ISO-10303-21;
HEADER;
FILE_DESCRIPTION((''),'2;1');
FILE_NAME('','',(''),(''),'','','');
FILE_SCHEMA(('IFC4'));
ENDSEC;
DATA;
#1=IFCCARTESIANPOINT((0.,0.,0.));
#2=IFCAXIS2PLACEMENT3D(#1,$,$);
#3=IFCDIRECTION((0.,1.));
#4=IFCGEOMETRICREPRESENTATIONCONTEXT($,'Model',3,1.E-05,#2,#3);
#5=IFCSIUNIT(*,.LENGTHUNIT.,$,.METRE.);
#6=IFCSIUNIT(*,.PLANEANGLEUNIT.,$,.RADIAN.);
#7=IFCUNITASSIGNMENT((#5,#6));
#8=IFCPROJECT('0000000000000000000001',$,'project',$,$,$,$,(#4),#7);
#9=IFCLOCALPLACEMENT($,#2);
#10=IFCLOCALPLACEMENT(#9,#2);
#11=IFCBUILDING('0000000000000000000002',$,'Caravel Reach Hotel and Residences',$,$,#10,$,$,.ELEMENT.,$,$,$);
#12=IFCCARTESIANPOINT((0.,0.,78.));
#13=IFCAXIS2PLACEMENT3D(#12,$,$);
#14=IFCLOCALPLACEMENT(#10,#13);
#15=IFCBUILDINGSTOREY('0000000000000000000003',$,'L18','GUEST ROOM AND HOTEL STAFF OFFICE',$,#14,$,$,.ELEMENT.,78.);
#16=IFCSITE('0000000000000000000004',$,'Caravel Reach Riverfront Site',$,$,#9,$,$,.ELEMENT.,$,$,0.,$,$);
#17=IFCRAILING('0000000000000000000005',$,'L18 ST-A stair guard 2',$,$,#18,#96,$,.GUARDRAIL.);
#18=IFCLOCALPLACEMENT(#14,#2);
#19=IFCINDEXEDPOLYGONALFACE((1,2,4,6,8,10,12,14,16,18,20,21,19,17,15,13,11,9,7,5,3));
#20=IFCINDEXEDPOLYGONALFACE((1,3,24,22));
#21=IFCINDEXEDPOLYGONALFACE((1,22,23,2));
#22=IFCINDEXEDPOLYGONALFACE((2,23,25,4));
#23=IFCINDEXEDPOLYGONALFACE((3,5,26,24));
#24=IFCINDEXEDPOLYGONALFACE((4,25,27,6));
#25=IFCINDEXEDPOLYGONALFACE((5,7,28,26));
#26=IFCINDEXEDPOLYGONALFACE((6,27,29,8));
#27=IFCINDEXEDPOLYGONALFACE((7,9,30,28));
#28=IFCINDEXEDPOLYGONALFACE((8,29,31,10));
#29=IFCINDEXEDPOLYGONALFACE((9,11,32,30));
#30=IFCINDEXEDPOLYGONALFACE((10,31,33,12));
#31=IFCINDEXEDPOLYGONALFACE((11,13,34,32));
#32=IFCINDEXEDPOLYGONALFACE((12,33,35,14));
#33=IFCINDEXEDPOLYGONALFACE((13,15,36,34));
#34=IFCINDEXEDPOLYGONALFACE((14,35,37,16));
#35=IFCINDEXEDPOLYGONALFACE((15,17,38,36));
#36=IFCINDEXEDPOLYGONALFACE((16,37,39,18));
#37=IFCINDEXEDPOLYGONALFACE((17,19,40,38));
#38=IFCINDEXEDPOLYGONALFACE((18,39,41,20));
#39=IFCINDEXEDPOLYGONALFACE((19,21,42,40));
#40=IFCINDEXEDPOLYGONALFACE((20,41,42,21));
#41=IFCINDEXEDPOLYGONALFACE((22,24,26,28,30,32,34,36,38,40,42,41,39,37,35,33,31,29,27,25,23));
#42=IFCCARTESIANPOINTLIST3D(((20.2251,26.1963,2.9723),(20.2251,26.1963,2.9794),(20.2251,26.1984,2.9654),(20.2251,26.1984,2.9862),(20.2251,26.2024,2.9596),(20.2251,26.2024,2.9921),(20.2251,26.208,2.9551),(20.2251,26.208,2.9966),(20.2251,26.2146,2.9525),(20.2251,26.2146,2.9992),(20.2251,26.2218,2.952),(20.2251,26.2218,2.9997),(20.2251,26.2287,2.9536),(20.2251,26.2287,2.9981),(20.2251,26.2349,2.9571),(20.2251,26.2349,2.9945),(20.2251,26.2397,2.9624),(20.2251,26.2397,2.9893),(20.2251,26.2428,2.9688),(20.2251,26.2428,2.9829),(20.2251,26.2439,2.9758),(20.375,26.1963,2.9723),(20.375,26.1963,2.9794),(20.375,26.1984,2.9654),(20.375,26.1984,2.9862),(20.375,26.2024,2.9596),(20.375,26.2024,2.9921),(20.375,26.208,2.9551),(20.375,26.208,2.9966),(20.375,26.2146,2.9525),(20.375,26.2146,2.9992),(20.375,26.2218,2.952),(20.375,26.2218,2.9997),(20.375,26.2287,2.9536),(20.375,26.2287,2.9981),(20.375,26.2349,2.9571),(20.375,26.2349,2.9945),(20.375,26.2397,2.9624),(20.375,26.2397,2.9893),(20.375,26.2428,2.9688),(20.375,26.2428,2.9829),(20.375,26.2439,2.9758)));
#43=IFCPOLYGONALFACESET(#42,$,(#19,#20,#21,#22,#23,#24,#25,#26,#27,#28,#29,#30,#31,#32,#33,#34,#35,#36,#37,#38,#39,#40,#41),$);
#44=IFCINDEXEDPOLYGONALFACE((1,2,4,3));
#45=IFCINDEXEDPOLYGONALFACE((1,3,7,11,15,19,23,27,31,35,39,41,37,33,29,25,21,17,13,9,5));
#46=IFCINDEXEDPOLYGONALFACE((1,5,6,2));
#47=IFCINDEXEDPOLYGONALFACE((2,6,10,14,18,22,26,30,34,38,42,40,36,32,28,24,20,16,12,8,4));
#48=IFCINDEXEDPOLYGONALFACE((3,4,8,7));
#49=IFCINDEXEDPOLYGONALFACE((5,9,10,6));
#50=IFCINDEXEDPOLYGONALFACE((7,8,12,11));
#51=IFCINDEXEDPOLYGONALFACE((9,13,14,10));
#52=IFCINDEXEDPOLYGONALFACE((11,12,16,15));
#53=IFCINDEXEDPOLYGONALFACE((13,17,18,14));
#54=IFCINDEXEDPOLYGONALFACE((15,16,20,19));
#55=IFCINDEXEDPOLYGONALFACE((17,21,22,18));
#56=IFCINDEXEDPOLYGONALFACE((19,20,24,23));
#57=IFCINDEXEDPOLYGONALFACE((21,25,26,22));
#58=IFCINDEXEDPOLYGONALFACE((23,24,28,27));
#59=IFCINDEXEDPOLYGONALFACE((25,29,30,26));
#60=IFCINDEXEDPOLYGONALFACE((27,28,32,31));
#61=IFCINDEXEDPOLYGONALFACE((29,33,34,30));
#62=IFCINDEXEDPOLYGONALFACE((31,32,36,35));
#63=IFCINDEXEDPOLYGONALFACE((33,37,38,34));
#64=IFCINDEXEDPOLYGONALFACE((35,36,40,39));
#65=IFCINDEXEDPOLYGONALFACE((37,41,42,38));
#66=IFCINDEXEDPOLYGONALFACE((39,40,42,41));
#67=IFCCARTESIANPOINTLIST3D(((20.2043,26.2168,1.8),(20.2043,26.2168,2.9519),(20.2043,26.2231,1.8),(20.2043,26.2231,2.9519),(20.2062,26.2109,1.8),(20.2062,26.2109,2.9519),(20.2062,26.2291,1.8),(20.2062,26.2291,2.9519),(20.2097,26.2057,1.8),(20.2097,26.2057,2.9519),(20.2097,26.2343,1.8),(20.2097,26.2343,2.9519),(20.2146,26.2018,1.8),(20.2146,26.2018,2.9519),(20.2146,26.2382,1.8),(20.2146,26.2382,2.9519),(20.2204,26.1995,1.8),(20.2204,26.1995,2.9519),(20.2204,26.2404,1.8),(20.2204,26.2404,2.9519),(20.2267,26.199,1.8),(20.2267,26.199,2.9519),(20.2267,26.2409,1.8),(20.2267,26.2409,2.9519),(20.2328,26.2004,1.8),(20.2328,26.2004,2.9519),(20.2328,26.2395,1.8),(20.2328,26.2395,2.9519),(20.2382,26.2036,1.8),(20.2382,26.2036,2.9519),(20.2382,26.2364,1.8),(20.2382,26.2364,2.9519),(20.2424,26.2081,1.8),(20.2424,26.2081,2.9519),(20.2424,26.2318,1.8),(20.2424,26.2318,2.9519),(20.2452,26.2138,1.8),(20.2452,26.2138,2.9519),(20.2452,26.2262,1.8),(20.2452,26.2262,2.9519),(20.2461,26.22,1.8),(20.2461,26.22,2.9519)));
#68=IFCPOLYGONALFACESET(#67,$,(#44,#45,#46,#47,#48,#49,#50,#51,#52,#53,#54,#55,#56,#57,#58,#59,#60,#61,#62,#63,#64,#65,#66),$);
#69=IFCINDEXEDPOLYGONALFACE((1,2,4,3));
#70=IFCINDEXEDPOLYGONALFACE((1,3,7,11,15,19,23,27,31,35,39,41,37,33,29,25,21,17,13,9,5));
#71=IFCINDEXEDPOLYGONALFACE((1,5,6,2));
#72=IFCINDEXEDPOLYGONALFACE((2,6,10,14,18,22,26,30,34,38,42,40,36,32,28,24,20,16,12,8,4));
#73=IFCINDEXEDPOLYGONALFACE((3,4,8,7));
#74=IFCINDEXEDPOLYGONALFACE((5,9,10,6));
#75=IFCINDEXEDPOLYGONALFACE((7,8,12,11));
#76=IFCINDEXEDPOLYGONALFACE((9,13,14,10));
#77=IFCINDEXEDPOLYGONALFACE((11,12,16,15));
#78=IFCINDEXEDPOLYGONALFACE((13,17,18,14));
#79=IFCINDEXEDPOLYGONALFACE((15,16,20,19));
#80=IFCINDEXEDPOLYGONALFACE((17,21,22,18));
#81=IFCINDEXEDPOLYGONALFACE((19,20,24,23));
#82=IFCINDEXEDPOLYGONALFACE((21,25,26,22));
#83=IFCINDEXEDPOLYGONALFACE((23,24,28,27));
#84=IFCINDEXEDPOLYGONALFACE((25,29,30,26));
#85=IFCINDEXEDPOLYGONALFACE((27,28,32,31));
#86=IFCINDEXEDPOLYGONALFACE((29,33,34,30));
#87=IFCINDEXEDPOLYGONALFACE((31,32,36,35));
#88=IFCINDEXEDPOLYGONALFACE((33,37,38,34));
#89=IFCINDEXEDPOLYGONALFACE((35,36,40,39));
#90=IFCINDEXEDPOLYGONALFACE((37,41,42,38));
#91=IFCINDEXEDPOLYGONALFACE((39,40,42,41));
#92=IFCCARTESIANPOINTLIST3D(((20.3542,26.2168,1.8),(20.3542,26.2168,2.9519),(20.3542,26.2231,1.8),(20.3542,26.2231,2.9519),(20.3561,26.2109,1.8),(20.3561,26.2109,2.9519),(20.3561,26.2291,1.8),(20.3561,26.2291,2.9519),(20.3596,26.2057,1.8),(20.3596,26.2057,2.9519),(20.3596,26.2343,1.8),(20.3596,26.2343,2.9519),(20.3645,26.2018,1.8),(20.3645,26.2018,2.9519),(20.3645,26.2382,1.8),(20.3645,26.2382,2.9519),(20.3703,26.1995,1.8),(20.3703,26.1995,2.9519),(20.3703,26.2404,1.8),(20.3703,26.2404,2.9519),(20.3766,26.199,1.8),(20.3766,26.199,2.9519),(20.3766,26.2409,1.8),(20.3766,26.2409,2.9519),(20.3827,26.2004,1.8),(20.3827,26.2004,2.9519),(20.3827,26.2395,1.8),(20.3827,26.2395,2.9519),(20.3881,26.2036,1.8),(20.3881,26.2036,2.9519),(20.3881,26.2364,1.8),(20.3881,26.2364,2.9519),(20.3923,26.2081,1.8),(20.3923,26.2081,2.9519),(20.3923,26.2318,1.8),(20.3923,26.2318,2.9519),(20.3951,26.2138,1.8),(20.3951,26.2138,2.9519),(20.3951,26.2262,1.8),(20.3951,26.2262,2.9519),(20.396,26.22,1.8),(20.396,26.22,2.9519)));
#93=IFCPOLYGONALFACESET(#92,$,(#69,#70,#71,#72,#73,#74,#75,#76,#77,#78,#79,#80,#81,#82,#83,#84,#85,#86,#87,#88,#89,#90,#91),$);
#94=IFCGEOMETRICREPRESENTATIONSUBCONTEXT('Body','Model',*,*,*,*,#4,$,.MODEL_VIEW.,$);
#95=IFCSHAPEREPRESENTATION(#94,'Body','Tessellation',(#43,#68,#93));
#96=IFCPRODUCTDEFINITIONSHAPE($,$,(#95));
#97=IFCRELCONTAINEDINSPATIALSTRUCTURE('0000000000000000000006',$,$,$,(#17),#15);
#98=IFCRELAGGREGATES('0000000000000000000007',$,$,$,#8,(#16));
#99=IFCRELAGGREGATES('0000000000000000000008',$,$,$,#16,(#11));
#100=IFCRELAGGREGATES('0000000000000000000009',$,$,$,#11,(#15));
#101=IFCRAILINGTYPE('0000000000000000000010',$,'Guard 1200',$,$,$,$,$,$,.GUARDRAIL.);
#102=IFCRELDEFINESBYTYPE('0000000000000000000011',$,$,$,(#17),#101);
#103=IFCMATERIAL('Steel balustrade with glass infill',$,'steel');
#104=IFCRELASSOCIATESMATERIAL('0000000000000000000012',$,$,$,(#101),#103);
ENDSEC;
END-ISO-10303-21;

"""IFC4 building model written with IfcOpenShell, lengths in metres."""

from ifc_helpers import new_model, si_unit, direction, frame, origin, origin_2d, place, context, subcontext, project, spatial, circle, extrude, material, type_object, element, save


model = new_model("IFC4")

# Units and contexts
model_context = context("Model", 3, precision=1e-05, world=origin(), true_north=direction((0.0, 1.0)))
body_context = subcontext(model_context, "Body", "Model", "MODEL_VIEW")
ifc_project = project(units=[si_unit("LENGTHUNIT", "METRE"), si_unit("PLANEANGLEUNIT", "RADIAN")], contexts=[model_context])

# Site, building, storey
site_placement = place(None, origin())
site = spatial("IfcSite", under=ifc_project, at=site_placement, Name="Caravel Reach Riverfront Site", CompositionType="ELEMENT", RefElevation=0.0)
building_placement = place(site_placement, origin())
building = spatial("IfcBuilding", under=site, at=building_placement, Name="Caravel Reach Hotel and Residences", CompositionType="ELEMENT")
storey_placement = place(building_placement, frame((0.0, 0.0, 78.0)))
storey = spatial("IfcBuildingStorey", under=building, at=storey_placement, Name="L18", Description="GUEST ROOM AND HOTEL STAFF OFFICE", CompositionType="ELEMENT", Elevation=78.0)

# Railing
ifc_material_1 = material(Name="Steel balustrade with glass infill", Category="steel")
railing_type_1 = type_object("IfcRailingType", Name="Guard 1200", PredefinedType="GUARDRAIL", material=ifc_material_1)
railing_1_placement = place(storey_placement, frame((20.2251, 26.22, 1.8)))
element("IfcRailing", 1, at=railing_1_placement, inside=storey, type_object=railing_type_1, Name="L18 ST-A stair guard 2", PredefinedType="GUARDRAIL", context=body_context, shape_type="SweptSolid", body=[
    extrude(circle(Radius=0.0239, at=origin_2d()), frame((0.0, 0.0, 1.1758), z_axis=(1.0, 0.0, 0.0), x_axis=(0.0, 1.0, 0.0)), (0.0, 0.0, 1.0), 0.1499),
    extrude(circle(Radius=0.021, at=origin_2d()), origin(), (0.0, 0.0, 1.0), 1.1519),
    extrude(circle(Radius=0.021, at=origin_2d()), frame((0.1499, 0.0, 0.0)), (0.0, 0.0, 1.0), 1.1519),
])

save(model, "model.ifc")
